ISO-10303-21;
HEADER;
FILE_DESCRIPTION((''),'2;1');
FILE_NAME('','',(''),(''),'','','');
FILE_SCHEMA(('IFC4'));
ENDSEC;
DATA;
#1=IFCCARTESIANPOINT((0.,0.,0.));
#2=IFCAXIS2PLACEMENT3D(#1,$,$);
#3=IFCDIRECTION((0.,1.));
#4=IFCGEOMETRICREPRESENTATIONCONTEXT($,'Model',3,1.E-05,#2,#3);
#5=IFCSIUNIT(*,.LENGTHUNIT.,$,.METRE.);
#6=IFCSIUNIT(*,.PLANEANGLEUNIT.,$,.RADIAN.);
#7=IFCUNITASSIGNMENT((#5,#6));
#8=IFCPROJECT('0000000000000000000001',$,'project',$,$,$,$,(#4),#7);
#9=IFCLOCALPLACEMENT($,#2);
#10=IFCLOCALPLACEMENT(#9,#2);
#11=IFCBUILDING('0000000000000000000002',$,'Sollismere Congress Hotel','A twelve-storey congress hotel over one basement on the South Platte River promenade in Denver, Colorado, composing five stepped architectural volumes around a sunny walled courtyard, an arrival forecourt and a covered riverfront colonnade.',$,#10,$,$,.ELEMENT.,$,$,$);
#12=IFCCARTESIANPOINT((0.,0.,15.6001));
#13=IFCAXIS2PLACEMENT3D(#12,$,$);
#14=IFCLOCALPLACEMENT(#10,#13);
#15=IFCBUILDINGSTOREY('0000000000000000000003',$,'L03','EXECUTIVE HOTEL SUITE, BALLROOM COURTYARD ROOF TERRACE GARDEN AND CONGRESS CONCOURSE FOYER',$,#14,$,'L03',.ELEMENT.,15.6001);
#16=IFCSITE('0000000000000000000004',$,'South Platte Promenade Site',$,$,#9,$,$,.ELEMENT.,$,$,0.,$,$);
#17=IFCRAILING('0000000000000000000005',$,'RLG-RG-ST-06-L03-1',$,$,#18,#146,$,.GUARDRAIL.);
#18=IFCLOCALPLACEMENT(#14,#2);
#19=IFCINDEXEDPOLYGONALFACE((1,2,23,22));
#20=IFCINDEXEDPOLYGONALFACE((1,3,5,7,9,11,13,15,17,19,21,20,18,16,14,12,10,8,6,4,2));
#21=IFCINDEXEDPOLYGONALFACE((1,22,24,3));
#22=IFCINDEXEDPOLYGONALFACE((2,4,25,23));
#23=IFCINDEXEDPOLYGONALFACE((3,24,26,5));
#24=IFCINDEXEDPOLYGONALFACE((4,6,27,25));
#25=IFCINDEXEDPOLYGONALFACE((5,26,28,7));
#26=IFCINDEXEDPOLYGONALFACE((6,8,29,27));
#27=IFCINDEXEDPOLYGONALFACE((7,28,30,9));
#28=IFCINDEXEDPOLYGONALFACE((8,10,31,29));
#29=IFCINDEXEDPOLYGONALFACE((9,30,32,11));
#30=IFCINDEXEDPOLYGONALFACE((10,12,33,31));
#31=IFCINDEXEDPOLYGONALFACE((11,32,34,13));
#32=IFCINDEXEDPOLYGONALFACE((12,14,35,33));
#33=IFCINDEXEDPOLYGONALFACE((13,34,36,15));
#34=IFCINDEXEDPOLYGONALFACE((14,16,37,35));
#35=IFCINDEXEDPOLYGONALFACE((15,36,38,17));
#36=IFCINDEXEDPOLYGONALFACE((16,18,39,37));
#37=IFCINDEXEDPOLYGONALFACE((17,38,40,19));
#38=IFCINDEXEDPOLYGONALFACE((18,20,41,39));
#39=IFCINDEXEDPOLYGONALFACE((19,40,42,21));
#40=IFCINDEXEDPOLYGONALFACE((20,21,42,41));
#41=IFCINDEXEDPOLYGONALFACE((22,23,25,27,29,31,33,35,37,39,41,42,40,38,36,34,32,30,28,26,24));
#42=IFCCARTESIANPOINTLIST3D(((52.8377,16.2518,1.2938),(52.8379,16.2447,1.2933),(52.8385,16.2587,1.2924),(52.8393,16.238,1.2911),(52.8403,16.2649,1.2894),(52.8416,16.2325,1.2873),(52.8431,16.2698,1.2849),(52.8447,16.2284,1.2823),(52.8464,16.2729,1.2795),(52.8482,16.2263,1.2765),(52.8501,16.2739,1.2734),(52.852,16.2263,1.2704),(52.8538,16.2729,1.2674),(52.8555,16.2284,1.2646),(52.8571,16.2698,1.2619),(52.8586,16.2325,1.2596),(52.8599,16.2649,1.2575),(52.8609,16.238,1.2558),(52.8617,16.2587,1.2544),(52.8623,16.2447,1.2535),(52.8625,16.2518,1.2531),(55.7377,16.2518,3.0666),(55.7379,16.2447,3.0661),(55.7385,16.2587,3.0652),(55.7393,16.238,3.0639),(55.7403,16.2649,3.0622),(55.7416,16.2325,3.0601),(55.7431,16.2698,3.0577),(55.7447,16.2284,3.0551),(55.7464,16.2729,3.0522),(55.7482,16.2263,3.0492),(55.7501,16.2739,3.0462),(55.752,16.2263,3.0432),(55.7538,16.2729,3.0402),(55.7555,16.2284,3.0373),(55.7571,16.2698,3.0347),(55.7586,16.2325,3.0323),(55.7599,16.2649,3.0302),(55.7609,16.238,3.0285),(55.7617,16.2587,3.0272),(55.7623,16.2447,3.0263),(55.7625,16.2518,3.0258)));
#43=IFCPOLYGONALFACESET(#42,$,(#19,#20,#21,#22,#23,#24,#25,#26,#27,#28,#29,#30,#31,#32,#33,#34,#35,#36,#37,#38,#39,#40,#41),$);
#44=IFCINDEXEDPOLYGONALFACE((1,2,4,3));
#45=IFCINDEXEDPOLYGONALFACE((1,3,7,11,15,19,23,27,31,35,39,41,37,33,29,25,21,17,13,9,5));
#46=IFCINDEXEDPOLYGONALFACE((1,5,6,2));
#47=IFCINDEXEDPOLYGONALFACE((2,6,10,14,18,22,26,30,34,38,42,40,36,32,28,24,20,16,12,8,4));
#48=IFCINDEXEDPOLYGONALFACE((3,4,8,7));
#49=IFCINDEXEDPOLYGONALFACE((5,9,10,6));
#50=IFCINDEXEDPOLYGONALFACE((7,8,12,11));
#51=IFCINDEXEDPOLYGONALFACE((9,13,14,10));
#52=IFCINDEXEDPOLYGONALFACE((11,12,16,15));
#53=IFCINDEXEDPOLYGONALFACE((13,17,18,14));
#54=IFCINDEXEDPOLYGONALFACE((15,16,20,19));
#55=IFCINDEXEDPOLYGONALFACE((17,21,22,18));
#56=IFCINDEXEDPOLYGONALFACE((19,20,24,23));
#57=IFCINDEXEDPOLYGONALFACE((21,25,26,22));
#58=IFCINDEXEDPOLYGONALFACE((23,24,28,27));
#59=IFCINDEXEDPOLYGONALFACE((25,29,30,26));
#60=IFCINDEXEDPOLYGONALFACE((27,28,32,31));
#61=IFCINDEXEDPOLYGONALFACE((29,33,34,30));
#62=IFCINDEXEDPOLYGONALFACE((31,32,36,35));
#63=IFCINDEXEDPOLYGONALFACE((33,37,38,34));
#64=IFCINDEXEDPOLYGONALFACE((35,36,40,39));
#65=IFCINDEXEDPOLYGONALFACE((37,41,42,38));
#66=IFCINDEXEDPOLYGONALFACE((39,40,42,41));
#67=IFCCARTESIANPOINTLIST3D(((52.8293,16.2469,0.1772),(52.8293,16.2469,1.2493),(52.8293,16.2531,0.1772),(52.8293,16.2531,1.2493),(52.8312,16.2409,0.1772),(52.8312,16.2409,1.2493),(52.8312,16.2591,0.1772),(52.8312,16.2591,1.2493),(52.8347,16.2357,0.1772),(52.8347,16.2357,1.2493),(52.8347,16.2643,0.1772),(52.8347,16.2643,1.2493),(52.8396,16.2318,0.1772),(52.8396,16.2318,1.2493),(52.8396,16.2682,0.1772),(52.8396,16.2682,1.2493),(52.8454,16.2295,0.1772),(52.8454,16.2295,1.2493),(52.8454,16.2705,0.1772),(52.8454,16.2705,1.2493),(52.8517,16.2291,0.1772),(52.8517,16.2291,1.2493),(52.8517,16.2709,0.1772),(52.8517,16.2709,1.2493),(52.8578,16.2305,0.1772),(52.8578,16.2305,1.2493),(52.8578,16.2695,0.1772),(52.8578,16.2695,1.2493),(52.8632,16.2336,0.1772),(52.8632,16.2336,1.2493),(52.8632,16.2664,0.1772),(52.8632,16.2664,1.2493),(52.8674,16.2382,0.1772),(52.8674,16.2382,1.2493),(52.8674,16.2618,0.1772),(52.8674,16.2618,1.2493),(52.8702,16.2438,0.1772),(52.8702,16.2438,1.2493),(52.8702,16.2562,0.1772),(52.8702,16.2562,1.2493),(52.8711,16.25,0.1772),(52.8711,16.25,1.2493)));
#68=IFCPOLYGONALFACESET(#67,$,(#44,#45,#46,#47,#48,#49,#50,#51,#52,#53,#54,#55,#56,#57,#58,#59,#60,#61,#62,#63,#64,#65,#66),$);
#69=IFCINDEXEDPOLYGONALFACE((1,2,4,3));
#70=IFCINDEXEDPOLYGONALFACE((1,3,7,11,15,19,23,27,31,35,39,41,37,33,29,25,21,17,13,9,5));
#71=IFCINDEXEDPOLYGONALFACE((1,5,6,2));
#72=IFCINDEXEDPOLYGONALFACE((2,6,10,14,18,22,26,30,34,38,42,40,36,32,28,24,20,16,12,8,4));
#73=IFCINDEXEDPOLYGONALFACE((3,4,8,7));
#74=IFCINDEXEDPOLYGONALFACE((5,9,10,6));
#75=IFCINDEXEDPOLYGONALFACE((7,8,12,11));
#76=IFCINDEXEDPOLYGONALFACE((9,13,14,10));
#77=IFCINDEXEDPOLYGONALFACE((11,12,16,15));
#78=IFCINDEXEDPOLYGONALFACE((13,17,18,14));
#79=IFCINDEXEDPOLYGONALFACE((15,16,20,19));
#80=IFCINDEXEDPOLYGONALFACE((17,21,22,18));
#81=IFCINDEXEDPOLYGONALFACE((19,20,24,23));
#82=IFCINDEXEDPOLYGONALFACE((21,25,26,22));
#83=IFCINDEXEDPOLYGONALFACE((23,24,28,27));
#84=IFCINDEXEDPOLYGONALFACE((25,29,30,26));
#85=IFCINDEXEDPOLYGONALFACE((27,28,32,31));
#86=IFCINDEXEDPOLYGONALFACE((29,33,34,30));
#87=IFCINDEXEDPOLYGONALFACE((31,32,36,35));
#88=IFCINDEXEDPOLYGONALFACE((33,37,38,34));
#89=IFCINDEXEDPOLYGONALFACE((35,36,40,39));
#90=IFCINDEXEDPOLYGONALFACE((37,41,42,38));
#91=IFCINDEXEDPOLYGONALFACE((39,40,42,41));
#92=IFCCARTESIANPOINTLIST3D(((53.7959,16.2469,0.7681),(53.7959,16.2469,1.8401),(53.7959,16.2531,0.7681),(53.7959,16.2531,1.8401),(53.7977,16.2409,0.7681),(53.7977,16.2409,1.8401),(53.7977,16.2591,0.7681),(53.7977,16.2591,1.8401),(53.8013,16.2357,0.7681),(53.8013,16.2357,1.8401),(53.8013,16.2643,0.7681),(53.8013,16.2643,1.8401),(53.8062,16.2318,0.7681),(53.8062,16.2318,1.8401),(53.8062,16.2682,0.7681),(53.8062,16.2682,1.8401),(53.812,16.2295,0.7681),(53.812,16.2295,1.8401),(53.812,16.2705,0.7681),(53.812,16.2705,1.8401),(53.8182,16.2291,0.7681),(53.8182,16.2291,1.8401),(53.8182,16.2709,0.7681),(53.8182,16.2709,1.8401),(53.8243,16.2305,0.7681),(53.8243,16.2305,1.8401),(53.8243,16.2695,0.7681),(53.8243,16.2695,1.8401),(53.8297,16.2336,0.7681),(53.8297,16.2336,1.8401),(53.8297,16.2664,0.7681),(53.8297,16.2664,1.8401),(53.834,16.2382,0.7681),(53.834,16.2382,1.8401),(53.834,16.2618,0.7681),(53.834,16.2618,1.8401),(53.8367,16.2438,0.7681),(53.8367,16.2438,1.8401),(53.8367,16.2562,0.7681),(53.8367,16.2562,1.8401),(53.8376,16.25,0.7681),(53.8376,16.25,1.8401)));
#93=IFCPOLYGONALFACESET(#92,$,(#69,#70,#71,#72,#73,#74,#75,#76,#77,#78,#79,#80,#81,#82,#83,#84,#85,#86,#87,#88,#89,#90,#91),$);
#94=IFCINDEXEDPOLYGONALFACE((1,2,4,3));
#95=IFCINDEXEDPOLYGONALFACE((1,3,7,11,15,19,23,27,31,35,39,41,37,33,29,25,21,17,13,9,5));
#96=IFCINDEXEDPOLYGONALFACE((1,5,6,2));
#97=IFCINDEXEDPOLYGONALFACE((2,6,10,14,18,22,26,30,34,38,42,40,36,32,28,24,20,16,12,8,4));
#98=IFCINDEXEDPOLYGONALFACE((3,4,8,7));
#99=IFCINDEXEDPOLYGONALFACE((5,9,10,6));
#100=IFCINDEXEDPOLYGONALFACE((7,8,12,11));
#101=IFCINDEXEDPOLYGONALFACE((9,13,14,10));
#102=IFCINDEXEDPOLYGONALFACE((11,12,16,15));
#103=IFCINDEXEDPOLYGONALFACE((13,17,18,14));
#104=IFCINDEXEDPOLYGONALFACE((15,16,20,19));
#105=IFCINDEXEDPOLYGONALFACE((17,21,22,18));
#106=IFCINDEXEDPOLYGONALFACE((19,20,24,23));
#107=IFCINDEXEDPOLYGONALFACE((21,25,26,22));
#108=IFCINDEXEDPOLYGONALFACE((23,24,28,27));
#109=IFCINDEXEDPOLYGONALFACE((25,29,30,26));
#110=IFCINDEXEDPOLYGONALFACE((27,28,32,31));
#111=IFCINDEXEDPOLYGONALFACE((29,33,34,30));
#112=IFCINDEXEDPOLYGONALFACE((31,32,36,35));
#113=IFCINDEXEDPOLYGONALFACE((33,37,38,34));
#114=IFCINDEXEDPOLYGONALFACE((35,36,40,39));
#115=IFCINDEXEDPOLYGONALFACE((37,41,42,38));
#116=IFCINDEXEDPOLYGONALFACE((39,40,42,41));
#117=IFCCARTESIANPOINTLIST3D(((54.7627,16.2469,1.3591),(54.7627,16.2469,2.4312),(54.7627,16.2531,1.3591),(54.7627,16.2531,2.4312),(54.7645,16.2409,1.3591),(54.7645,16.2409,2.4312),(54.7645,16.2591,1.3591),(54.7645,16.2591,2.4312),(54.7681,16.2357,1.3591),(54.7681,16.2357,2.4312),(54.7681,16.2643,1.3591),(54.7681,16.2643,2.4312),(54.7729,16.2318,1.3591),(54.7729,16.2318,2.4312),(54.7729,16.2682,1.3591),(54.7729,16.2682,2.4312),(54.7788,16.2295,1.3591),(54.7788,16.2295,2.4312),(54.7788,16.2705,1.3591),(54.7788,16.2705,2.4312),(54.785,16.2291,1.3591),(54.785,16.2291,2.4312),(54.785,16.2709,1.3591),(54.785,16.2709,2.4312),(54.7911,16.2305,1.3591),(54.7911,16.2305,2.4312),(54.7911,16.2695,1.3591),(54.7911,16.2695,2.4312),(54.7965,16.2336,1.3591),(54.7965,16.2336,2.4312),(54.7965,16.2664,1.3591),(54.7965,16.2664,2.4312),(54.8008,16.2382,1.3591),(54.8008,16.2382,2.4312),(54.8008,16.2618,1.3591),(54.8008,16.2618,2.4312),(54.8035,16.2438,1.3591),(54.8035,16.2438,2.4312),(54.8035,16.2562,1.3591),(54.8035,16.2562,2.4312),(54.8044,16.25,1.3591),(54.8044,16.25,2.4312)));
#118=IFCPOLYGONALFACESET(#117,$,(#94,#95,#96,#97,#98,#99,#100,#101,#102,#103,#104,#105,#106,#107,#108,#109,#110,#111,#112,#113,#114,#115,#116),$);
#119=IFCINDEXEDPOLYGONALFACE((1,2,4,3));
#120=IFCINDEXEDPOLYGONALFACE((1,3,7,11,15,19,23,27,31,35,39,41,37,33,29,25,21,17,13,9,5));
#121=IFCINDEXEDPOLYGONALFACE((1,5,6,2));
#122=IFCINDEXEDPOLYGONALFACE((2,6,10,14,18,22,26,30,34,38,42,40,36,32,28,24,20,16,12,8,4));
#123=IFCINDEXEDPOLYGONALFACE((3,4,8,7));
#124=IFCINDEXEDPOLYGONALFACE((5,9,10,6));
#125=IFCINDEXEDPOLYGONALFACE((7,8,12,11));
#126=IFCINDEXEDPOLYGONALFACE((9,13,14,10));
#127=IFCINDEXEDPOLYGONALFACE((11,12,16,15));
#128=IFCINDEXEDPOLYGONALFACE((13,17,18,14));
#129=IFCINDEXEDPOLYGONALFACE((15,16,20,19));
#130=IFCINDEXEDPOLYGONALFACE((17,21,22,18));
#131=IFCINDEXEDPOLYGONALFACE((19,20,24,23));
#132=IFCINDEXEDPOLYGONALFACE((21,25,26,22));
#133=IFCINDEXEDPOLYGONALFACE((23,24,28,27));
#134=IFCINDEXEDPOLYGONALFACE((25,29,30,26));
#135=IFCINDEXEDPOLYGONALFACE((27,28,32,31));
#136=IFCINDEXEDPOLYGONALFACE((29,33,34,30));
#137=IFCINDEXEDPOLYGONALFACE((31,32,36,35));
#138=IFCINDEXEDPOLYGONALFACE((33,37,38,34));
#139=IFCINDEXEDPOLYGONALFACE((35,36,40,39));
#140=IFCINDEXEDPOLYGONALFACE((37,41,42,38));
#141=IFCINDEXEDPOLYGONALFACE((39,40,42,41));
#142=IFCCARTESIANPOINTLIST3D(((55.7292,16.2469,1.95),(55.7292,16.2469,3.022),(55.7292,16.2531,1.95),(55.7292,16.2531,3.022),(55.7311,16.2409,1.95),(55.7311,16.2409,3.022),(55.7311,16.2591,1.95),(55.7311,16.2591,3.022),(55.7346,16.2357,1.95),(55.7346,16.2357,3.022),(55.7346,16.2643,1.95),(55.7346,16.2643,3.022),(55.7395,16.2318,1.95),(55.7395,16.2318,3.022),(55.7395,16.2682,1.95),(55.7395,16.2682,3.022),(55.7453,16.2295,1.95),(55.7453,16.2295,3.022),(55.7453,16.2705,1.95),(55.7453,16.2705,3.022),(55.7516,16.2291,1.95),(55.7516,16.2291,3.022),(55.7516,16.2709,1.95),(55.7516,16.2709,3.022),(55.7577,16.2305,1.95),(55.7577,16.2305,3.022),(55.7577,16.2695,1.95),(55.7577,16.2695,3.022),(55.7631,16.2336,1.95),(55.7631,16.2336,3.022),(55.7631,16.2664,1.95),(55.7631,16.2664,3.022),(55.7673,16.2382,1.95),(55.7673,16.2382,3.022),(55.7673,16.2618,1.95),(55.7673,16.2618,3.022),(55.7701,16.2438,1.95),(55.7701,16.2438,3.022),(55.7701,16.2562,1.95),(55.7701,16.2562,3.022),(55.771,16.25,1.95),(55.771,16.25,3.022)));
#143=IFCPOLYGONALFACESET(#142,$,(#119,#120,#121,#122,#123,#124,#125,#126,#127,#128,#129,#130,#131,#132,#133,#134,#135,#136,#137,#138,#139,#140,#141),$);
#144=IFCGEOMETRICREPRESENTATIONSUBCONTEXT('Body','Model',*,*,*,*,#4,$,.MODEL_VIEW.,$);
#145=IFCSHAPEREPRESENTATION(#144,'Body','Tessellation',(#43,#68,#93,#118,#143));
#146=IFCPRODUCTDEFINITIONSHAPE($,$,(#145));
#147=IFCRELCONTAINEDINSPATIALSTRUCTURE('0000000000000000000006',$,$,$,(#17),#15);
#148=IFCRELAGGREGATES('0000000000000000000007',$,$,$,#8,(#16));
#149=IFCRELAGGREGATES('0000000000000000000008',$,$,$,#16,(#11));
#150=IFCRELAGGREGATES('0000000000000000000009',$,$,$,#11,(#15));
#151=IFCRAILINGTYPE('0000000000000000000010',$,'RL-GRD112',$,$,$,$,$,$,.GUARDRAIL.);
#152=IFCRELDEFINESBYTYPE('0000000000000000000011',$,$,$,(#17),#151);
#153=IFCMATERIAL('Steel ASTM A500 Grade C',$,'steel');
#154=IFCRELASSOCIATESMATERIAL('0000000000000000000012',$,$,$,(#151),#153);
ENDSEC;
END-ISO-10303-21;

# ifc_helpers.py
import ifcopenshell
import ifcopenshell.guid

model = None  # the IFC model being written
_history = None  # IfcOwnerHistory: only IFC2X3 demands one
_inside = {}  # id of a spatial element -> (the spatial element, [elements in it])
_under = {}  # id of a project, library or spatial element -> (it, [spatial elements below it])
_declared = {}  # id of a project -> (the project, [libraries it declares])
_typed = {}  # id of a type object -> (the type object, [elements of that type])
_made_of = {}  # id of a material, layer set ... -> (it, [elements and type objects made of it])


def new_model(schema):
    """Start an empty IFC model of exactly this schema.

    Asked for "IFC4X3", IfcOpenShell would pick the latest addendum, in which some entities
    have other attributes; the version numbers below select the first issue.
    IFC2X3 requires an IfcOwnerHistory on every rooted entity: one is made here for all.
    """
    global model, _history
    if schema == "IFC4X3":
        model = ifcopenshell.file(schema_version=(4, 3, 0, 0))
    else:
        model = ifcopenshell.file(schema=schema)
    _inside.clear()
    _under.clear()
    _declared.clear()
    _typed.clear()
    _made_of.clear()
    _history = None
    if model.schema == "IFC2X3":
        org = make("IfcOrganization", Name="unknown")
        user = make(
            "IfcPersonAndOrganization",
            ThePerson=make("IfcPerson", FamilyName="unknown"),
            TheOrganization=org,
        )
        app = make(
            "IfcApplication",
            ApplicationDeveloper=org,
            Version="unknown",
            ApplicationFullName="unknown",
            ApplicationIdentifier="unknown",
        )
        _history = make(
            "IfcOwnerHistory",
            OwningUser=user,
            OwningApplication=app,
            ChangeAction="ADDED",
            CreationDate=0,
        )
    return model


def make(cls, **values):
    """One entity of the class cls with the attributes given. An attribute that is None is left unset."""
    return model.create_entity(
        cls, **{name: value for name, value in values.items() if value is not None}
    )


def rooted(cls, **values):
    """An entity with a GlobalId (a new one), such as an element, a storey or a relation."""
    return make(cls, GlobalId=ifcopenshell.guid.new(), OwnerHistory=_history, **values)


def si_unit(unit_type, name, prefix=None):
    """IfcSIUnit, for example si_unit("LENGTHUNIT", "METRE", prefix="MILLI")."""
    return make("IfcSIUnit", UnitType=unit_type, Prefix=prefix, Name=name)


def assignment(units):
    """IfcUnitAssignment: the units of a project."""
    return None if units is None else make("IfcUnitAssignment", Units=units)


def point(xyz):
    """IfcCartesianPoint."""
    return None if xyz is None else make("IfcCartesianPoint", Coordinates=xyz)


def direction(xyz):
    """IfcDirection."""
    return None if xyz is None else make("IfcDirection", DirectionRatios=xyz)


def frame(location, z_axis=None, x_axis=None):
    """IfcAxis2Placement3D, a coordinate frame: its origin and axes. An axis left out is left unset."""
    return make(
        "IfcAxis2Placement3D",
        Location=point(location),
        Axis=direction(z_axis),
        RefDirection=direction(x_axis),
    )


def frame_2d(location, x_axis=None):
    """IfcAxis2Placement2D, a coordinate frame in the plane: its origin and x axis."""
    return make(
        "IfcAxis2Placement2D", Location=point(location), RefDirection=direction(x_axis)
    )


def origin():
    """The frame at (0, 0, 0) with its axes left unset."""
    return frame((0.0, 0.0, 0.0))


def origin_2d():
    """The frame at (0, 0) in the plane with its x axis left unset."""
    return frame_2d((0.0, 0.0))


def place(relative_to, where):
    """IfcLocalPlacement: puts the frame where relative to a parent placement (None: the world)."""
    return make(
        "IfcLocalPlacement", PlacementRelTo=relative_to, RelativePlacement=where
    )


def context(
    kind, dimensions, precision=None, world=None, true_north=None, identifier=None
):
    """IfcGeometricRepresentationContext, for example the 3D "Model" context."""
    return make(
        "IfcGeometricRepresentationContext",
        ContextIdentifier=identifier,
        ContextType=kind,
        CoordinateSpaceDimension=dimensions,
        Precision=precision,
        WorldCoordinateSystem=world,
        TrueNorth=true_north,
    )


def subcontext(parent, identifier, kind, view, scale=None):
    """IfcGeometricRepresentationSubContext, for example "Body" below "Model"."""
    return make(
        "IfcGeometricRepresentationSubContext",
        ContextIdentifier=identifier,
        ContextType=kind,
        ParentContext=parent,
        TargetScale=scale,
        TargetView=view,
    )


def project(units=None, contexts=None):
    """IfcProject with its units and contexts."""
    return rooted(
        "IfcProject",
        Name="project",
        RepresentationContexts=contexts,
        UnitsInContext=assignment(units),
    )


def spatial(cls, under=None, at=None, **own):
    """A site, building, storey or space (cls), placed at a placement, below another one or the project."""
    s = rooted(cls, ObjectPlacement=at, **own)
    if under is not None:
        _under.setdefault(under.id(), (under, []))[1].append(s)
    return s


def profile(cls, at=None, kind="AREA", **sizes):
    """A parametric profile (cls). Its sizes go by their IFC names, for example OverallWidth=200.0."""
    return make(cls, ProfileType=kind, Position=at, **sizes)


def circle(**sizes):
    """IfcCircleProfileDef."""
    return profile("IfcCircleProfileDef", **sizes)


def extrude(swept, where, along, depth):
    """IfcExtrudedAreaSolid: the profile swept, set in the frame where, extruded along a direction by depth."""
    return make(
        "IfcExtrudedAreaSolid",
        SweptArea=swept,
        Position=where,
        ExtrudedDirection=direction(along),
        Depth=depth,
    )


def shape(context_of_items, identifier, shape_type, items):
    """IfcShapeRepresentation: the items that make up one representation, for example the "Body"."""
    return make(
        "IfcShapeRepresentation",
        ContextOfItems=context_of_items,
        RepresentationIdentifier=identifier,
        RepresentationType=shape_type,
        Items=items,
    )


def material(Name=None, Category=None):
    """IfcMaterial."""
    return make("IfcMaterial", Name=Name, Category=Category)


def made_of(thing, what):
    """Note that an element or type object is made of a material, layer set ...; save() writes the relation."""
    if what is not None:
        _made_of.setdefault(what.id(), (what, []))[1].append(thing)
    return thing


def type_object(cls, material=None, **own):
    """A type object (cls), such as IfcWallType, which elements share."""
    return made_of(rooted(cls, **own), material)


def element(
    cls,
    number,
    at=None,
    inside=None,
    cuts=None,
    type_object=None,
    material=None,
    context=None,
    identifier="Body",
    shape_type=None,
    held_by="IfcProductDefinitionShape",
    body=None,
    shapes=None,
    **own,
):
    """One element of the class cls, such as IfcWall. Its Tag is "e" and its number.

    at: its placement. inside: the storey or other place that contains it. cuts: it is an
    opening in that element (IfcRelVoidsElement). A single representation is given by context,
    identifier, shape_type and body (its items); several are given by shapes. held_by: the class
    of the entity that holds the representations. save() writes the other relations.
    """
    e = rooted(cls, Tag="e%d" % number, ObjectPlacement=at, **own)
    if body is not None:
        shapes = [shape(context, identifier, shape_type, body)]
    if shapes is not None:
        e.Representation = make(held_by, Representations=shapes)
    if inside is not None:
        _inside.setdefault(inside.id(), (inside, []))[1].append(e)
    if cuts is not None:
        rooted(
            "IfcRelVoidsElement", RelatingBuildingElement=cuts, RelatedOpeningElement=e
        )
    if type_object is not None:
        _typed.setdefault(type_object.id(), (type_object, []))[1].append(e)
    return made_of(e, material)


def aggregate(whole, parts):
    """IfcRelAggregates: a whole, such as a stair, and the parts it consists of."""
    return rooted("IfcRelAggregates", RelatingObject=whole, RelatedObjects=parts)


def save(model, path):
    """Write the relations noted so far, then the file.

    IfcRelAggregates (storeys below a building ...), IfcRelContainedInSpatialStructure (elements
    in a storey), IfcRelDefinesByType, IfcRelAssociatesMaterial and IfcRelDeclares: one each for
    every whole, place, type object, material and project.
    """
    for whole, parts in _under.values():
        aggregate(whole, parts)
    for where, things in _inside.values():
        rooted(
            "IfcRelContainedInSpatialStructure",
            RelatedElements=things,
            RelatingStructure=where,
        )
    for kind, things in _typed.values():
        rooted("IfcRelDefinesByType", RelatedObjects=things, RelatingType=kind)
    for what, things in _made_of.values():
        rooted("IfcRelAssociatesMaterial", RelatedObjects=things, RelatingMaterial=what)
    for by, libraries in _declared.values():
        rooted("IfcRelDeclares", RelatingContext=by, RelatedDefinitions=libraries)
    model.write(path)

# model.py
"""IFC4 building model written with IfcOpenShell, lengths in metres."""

from ifc_helpers import new_model, si_unit, direction, frame, origin, origin_2d, place, context, subcontext, project, spatial, circle, extrude, material, type_object, element, save


model = new_model("IFC4")

# Units and contexts
model_context = context("Model", 3, precision=1e-05, world=origin(), true_north=direction((0.0, 1.0)))
body_context = subcontext(model_context, "Body", "Model", "MODEL_VIEW")
ifc_project = project(units=[si_unit("LENGTHUNIT", "METRE"), si_unit("PLANEANGLEUNIT", "RADIAN")], contexts=[model_context])

# Site, building, storey
site_placement = place(None, origin())
site = spatial("IfcSite", under=ifc_project, at=site_placement, Name="South Platte Promenade Site", CompositionType="ELEMENT", RefElevation=0.0)
building_placement = place(site_placement, origin())
building = spatial("IfcBuilding", under=site, at=building_placement, Name="Sollismere Congress Hotel", Description="A twelve-storey congress hotel over one basement on the South Platte River promenade in Denver, Colorado, composing five stepped architectural volumes around a sunny walled courtyard, an arrival forecourt and a covered riverfront colonnade.", CompositionType="ELEMENT")
storey_placement = place(building_placement, frame((0.0, 0.0, 15.6001)))
storey = spatial("IfcBuildingStorey", under=building, at=storey_placement, Name="L03", Description="EXECUTIVE HOTEL SUITE, BALLROOM COURTYARD ROOF TERRACE GARDEN AND CONGRESS CONCOURSE FOYER", LongName="L03", CompositionType="ELEMENT", Elevation=15.6001)

# Railing
ifc_material_1 = material(Name="Steel ASTM A500 Grade C", Category="steel")
railing_type_1 = type_object("IfcRailingType", Name="RL-GRD112", PredefinedType="GUARDRAIL", material=ifc_material_1)
railing_1_placement = place(storey_placement, frame((52.8501, 16.25, 0.1772)))
element("IfcRailing", 1, at=railing_1_placement, inside=storey, type_object=railing_type_1, Name="RLG-RG-ST-06-L03-1", PredefinedType="GUARDRAIL", context=body_context, shape_type="SweptSolid", body=[
    extrude(circle(Radius=0.0239, at=origin_2d()), frame((0.0, 0.0, 1.0962), z_axis=(0.853211, 0.0, 0.521566), x_axis=(0.0, 1.0, 0.0)), (0.0, 0.0, 1.0), 3.3989),
    extrude(circle(Radius=0.021, at=origin_2d()), origin(), (0.0, 0.0, 1.0), 1.072),
    extrude(circle(Radius=0.021, at=origin_2d()), frame((0.9666, 0.0, 0.5908)), (0.0, 0.0, 1.0), 1.072),
    extrude(circle(Radius=0.021, at=origin_2d()), frame((1.9333, 0.0, 1.1819)), (0.0, 0.0, 1.0), 1.072),
    extrude(circle(Radius=0.021, at=origin_2d()), frame((2.8999, 0.0, 1.7727)), (0.0, 0.0, 1.0), 1.072),
])

save(model, "model.ifc")
